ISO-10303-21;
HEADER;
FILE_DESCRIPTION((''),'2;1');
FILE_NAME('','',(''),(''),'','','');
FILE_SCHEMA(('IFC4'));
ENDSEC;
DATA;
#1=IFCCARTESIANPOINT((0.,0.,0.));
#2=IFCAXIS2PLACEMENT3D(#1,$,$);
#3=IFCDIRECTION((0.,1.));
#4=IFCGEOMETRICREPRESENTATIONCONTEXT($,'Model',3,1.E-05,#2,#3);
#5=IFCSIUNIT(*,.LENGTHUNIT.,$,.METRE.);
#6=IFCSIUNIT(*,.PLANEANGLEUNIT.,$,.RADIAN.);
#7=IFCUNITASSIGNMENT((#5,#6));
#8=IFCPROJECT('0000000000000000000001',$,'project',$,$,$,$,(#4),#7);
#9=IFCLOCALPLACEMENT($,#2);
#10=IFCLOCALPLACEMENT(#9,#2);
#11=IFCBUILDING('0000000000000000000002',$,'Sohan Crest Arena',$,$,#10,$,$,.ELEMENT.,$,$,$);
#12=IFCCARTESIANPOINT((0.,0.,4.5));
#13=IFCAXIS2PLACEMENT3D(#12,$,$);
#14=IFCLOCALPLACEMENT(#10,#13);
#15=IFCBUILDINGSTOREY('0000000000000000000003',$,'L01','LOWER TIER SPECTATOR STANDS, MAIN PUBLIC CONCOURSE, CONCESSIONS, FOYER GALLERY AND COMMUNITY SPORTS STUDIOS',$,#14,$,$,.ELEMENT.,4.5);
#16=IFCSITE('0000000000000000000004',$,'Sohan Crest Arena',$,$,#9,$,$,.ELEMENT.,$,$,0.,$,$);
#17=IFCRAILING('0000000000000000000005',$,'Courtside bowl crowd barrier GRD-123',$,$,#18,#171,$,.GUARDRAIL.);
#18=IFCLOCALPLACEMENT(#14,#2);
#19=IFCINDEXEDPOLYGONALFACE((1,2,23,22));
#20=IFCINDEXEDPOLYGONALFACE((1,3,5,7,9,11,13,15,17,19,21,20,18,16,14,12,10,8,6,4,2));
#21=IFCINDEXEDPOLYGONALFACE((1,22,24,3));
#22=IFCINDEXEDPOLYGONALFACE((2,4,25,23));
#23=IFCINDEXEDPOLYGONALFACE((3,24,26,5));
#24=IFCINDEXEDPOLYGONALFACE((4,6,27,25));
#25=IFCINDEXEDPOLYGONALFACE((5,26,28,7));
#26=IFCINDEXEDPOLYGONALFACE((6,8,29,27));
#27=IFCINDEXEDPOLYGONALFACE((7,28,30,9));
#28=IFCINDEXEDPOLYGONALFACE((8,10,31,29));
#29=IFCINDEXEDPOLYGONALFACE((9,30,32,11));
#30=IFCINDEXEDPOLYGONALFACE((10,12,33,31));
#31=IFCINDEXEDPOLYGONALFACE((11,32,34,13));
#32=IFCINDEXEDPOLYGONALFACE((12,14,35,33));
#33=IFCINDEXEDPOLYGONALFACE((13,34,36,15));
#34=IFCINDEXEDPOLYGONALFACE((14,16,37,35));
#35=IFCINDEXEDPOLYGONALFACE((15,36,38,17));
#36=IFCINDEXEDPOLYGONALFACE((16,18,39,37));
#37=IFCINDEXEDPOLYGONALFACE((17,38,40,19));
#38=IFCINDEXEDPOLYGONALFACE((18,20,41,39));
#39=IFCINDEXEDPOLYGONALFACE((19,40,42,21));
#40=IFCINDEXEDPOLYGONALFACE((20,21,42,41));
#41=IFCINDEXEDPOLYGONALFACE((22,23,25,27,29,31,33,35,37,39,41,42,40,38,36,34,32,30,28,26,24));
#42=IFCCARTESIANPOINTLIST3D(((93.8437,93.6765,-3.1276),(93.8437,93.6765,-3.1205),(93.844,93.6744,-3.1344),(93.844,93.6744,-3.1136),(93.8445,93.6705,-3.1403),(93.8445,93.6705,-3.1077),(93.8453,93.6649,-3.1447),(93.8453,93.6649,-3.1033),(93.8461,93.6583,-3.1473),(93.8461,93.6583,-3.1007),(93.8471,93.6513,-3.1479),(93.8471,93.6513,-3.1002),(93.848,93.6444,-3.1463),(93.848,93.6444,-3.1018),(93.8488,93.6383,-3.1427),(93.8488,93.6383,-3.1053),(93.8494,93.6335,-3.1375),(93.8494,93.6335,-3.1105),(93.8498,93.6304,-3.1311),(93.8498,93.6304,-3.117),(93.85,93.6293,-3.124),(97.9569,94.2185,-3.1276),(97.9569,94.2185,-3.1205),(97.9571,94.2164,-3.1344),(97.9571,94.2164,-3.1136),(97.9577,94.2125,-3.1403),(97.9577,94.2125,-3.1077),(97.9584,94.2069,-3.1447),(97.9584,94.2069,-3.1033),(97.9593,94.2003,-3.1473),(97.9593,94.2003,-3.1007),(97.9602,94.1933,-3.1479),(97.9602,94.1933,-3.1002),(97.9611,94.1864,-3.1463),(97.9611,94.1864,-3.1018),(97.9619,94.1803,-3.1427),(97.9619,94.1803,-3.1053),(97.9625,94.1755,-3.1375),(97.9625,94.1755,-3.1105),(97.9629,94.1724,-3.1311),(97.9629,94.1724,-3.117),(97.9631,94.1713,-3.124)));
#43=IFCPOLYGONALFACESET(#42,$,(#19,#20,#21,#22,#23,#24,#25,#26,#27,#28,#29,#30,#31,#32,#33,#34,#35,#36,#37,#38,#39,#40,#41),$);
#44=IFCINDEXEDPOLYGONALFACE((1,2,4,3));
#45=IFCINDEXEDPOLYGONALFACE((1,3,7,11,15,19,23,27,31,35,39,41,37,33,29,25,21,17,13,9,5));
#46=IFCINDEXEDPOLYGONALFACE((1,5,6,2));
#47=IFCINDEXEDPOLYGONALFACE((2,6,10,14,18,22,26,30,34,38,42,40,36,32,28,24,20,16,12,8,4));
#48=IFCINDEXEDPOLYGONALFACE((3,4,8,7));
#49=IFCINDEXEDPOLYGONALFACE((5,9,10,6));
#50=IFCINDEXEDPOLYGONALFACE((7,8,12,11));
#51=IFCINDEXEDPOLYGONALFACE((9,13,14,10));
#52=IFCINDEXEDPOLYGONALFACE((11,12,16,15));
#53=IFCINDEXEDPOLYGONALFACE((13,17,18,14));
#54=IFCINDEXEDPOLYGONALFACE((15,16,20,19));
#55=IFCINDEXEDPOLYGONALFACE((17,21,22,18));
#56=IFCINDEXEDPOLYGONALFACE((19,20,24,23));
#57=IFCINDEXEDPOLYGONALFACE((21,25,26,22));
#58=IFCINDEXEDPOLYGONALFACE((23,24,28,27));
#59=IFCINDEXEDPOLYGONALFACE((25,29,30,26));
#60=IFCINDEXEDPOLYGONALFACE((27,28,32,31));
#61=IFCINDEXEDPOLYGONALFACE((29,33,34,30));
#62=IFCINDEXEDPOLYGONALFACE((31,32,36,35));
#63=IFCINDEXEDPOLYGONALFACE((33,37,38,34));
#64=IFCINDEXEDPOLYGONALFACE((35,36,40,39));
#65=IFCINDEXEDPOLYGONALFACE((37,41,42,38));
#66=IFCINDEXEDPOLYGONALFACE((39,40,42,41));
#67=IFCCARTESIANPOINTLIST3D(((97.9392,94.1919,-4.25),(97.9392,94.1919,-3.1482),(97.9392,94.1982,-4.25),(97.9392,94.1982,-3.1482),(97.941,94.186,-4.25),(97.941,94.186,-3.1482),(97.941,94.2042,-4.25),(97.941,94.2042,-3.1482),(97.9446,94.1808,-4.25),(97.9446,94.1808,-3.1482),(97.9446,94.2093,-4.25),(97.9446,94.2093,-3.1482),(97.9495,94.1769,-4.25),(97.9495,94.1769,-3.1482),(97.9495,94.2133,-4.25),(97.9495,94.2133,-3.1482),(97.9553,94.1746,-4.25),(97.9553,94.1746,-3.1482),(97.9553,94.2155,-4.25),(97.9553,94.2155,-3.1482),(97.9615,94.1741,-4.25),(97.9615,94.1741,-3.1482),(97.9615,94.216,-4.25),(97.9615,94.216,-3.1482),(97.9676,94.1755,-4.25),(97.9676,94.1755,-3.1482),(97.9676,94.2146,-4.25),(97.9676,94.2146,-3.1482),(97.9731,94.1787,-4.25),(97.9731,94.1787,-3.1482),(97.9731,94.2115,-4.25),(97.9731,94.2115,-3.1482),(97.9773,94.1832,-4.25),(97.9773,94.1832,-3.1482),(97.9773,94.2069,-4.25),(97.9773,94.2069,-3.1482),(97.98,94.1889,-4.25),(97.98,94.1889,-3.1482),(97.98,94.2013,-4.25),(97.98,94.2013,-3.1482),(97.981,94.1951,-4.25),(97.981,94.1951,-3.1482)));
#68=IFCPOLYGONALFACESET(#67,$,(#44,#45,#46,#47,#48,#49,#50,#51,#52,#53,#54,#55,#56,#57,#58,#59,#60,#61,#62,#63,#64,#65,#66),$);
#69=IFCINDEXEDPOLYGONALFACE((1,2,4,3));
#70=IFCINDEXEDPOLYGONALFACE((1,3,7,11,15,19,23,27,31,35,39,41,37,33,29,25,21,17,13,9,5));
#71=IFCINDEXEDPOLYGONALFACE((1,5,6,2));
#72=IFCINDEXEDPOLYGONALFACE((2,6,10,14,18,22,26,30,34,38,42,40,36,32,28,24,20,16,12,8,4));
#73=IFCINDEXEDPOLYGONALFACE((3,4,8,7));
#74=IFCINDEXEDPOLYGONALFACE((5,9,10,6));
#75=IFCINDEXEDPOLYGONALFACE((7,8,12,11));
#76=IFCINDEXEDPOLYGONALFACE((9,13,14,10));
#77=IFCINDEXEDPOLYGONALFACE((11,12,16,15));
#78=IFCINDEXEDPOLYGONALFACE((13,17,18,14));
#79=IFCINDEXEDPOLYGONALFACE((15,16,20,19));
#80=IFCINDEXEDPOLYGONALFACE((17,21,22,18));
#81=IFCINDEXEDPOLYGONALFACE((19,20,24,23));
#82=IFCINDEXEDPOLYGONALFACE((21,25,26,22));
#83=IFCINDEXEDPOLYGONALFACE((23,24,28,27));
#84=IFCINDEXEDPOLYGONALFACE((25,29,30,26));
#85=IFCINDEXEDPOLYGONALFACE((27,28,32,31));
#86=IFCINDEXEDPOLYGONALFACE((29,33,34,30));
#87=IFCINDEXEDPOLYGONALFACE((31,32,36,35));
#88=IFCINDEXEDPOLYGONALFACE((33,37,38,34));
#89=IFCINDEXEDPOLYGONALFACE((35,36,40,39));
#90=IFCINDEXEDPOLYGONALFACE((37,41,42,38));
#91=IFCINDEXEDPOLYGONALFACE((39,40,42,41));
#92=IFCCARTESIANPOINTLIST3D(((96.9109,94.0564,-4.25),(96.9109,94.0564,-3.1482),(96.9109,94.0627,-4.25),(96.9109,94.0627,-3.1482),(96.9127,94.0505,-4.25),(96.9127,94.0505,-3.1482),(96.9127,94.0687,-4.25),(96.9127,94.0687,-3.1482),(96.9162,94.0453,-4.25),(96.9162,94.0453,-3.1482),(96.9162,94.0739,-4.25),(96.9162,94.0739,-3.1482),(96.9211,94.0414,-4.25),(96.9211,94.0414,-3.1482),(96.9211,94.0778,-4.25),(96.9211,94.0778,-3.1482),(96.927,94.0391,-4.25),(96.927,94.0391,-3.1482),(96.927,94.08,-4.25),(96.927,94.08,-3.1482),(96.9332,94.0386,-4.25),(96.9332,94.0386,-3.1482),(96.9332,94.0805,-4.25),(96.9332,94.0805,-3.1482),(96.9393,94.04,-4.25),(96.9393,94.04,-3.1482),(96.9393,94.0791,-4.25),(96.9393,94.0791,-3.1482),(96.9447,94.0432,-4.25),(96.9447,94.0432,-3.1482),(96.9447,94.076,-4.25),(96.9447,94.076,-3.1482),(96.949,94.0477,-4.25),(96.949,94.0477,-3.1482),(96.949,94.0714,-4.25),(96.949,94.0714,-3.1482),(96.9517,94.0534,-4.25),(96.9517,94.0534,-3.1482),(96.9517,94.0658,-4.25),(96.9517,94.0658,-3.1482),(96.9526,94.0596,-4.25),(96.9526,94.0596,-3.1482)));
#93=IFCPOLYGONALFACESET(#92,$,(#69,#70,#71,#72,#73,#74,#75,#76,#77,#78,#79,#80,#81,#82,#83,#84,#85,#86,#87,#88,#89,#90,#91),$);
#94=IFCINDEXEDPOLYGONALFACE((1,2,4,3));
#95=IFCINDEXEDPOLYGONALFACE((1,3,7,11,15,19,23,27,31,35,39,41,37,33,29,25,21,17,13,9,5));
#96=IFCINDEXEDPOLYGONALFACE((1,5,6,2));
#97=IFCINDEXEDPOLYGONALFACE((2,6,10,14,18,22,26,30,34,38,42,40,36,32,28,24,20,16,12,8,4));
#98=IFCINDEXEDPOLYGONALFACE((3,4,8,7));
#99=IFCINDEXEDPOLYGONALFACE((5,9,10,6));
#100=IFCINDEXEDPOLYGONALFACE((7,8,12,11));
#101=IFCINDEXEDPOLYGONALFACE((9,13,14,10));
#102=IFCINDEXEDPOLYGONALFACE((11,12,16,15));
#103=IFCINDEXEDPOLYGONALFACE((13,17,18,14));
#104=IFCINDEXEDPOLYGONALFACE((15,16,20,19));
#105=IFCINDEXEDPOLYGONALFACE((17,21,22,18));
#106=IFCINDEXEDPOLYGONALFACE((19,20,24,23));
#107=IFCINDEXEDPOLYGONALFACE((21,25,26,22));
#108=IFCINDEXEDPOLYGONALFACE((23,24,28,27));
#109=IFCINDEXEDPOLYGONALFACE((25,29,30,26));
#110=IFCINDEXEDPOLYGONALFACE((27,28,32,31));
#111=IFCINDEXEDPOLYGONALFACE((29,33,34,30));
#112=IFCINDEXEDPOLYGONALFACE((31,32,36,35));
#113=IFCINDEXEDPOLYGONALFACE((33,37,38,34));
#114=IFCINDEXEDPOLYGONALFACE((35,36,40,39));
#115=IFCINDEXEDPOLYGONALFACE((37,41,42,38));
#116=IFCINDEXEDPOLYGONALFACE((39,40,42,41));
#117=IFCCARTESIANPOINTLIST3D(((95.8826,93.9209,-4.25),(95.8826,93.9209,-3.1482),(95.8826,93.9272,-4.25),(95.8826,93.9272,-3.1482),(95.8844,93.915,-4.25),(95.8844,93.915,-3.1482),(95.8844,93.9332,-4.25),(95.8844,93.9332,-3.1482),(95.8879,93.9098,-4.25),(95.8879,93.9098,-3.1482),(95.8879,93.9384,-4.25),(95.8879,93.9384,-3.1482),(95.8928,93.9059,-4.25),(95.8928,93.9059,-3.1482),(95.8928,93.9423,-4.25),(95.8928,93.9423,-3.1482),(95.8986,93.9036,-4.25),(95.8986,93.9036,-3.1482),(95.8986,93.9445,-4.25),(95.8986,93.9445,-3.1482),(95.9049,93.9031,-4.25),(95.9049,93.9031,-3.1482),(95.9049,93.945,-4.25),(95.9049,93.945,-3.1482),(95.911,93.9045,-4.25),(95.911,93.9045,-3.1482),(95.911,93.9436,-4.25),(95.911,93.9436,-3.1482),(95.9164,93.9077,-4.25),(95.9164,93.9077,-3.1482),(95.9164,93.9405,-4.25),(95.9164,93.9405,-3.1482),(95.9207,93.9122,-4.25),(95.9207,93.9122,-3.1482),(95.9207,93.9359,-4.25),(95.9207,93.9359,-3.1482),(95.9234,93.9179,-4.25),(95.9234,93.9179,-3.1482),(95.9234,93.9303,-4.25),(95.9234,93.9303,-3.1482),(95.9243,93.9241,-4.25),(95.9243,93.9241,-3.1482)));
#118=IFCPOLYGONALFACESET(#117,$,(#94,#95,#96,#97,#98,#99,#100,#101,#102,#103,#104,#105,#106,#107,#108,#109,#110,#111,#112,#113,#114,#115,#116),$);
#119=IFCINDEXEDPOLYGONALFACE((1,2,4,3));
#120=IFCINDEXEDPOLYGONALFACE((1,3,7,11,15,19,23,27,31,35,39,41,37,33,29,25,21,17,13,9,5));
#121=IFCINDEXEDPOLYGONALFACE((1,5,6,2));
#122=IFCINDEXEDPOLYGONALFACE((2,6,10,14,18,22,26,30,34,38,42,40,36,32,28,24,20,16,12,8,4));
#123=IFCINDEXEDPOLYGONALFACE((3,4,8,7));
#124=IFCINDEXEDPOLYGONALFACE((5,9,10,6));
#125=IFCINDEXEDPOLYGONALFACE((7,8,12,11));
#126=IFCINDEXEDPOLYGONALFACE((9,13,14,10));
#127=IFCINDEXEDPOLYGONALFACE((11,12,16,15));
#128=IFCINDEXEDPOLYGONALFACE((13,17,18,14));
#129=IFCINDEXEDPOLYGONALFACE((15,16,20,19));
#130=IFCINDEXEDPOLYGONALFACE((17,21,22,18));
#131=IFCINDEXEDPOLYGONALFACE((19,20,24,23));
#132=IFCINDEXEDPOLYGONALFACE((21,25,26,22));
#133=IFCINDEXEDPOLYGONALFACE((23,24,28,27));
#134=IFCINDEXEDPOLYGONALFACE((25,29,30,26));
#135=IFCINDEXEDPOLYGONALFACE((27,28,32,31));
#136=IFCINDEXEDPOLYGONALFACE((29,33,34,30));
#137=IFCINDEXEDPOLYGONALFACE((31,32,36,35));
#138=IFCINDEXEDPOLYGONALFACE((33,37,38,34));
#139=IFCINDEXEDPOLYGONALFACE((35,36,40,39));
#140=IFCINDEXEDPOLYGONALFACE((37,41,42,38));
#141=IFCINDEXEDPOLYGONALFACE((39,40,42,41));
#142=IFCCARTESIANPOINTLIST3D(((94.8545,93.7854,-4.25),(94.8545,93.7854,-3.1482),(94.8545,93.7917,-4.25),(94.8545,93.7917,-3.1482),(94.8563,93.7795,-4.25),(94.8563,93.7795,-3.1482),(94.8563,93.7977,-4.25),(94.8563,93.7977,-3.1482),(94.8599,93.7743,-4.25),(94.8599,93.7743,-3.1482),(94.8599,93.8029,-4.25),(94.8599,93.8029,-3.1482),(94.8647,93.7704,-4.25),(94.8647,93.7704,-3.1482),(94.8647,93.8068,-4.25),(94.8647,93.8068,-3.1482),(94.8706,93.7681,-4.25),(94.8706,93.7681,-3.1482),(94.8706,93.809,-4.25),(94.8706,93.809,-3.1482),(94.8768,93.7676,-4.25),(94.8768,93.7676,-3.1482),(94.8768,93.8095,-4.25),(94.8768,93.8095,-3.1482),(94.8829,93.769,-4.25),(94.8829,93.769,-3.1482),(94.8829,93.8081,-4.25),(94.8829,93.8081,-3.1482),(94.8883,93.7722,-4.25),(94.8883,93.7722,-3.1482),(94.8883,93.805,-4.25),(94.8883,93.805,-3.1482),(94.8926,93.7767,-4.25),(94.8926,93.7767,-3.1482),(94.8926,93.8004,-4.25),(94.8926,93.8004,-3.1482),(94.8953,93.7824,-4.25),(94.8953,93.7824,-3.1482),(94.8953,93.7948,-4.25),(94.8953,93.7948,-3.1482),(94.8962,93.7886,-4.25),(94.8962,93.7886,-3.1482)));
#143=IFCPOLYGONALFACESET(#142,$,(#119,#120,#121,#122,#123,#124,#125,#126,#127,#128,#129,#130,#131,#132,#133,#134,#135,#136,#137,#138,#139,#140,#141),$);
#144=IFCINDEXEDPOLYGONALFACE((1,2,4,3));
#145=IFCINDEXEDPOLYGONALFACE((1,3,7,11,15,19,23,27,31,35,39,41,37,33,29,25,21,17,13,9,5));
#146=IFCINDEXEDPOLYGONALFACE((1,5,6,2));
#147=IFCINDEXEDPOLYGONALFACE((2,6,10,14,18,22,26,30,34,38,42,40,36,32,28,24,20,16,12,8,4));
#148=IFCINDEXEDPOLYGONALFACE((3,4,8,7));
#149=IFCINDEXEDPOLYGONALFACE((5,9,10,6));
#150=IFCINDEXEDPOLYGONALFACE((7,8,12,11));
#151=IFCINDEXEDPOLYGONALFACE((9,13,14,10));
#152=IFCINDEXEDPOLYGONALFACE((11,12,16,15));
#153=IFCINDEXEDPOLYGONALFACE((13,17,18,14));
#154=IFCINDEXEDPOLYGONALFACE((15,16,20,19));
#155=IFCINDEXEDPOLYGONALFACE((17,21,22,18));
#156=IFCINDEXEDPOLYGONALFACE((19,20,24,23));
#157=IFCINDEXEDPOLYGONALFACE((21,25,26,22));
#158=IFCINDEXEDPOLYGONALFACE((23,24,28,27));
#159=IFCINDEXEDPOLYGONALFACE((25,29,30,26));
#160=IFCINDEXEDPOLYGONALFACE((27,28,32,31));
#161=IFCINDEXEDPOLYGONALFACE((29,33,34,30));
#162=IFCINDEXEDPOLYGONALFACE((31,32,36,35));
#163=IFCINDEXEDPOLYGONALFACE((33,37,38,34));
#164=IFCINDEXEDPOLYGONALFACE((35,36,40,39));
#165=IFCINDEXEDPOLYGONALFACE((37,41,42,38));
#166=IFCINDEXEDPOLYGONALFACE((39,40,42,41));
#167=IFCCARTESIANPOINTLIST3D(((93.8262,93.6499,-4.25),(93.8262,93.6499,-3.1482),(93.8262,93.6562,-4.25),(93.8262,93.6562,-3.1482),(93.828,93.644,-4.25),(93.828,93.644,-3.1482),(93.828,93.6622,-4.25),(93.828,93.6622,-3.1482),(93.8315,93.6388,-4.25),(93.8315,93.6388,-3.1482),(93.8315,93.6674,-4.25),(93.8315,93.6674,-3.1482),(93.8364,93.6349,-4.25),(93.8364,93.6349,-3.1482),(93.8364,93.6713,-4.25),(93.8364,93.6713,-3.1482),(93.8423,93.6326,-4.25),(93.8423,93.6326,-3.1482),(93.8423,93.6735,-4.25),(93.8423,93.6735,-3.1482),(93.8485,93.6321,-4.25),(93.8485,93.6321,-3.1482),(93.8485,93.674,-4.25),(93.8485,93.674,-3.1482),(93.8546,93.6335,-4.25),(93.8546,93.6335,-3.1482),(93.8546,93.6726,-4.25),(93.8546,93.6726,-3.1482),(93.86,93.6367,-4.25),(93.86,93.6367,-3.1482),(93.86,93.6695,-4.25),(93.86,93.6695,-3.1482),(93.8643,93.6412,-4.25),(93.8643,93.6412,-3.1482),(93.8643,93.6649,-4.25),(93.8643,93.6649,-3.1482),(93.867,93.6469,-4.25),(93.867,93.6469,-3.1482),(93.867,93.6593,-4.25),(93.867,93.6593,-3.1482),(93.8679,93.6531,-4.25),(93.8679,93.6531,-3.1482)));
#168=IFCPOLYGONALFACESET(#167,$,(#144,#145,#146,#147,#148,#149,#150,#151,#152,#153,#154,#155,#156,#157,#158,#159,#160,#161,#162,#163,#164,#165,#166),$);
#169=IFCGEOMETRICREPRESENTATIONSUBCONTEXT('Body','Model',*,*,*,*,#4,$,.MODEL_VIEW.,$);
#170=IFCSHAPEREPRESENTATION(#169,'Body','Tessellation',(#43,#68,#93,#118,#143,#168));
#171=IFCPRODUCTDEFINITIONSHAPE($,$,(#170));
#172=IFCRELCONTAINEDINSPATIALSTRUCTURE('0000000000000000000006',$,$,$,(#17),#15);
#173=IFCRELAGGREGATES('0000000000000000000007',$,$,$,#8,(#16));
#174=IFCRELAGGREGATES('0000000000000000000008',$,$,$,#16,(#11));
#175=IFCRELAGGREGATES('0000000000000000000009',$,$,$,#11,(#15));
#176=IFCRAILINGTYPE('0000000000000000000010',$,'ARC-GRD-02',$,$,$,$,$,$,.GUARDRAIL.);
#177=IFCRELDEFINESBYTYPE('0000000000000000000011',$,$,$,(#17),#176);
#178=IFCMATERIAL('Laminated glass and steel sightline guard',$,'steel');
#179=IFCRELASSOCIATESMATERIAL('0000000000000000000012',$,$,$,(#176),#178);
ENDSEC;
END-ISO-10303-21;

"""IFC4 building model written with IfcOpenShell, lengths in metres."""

from ifc_helpers import new_model, si_unit, direction, frame, origin, origin_2d, place, context, subcontext, project, spatial, circle, extrude, material, type_object, element, save


model = new_model("IFC4")

# Units and contexts
model_context = context("Model", 3, precision=1e-05, world=origin(), true_north=direction((0.0, 1.0)))
body_context = subcontext(model_context, "Body", "Model", "MODEL_VIEW")
ifc_project = project(units=[si_unit("LENGTHUNIT", "METRE"), si_unit("PLANEANGLEUNIT", "RADIAN")], contexts=[model_context])

# Site, building, storey
site_placement = place(None, origin())
site = spatial("IfcSite", under=ifc_project, at=site_placement, Name="Sohan Crest Arena", CompositionType="ELEMENT", RefElevation=0.0)
building_placement = place(site_placement, origin())
building = spatial("IfcBuilding", under=site, at=building_placement, Name="Sohan Crest Arena", CompositionType="ELEMENT")
storey_placement = place(building_placement, frame((0.0, 0.0, 4.5)))
storey = spatial("IfcBuildingStorey", under=building, at=storey_placement, Name="L01", Description="LOWER TIER SPECTATOR STANDS, MAIN PUBLIC CONCOURSE, CONCESSIONS, FOYER GALLERY AND COMMUNITY SPORTS STUDIOS", CompositionType="ELEMENT", Elevation=4.5)

# Railing
ifc_material_1 = material(Name="Laminated glass and steel sightline guard", Category="steel")
railing_type = type_object("IfcRailingType", Name="ARC-GRD-02", PredefinedType="GUARDRAIL", material=ifc_material_1)
railing_1_placement = place(storey_placement, frame((97.96, 94.1951, -4.25)))
element("IfcRailing", 1, at=railing_1_placement, inside=storey, type_object=railing_type, Name="Courtside bowl crowd barrier GRD-123", PredefinedType="GUARDRAIL", context=body_context, shape_type="SweptSolid", body=[
    extrude(circle(Radius=0.0239, at=origin_2d()), frame((0.0, 0.0, 1.126), z_axis=(-0.991429, -0.130645, 0.0), x_axis=(0.130645, -0.991429, 0.0)), (0.0, 0.0, 1.0), 4.1487),
    extrude(circle(Radius=0.021, at=origin_2d()), origin(), (0.0, 0.0, 1.0), 1.1018),
    extrude(circle(Radius=0.021, at=origin_2d()), frame((-1.0283, -0.1355, 0.0)), (0.0, 0.0, 1.0), 1.1018),
    extrude(circle(Radius=0.021, at=origin_2d()), frame((-2.0566, -0.271, 0.0)), (0.0, 0.0, 1.0), 1.1018),
    extrude(circle(Radius=0.021, at=origin_2d()), frame((-3.0847, -0.4065, 0.0)), (0.0, 0.0, 1.0), 1.1018),
    extrude(circle(Radius=0.021, at=origin_2d()), frame((-4.113, -0.542, 0.0)), (0.0, 0.0, 1.0), 1.1018),
])

save(model, "model.ifc")
